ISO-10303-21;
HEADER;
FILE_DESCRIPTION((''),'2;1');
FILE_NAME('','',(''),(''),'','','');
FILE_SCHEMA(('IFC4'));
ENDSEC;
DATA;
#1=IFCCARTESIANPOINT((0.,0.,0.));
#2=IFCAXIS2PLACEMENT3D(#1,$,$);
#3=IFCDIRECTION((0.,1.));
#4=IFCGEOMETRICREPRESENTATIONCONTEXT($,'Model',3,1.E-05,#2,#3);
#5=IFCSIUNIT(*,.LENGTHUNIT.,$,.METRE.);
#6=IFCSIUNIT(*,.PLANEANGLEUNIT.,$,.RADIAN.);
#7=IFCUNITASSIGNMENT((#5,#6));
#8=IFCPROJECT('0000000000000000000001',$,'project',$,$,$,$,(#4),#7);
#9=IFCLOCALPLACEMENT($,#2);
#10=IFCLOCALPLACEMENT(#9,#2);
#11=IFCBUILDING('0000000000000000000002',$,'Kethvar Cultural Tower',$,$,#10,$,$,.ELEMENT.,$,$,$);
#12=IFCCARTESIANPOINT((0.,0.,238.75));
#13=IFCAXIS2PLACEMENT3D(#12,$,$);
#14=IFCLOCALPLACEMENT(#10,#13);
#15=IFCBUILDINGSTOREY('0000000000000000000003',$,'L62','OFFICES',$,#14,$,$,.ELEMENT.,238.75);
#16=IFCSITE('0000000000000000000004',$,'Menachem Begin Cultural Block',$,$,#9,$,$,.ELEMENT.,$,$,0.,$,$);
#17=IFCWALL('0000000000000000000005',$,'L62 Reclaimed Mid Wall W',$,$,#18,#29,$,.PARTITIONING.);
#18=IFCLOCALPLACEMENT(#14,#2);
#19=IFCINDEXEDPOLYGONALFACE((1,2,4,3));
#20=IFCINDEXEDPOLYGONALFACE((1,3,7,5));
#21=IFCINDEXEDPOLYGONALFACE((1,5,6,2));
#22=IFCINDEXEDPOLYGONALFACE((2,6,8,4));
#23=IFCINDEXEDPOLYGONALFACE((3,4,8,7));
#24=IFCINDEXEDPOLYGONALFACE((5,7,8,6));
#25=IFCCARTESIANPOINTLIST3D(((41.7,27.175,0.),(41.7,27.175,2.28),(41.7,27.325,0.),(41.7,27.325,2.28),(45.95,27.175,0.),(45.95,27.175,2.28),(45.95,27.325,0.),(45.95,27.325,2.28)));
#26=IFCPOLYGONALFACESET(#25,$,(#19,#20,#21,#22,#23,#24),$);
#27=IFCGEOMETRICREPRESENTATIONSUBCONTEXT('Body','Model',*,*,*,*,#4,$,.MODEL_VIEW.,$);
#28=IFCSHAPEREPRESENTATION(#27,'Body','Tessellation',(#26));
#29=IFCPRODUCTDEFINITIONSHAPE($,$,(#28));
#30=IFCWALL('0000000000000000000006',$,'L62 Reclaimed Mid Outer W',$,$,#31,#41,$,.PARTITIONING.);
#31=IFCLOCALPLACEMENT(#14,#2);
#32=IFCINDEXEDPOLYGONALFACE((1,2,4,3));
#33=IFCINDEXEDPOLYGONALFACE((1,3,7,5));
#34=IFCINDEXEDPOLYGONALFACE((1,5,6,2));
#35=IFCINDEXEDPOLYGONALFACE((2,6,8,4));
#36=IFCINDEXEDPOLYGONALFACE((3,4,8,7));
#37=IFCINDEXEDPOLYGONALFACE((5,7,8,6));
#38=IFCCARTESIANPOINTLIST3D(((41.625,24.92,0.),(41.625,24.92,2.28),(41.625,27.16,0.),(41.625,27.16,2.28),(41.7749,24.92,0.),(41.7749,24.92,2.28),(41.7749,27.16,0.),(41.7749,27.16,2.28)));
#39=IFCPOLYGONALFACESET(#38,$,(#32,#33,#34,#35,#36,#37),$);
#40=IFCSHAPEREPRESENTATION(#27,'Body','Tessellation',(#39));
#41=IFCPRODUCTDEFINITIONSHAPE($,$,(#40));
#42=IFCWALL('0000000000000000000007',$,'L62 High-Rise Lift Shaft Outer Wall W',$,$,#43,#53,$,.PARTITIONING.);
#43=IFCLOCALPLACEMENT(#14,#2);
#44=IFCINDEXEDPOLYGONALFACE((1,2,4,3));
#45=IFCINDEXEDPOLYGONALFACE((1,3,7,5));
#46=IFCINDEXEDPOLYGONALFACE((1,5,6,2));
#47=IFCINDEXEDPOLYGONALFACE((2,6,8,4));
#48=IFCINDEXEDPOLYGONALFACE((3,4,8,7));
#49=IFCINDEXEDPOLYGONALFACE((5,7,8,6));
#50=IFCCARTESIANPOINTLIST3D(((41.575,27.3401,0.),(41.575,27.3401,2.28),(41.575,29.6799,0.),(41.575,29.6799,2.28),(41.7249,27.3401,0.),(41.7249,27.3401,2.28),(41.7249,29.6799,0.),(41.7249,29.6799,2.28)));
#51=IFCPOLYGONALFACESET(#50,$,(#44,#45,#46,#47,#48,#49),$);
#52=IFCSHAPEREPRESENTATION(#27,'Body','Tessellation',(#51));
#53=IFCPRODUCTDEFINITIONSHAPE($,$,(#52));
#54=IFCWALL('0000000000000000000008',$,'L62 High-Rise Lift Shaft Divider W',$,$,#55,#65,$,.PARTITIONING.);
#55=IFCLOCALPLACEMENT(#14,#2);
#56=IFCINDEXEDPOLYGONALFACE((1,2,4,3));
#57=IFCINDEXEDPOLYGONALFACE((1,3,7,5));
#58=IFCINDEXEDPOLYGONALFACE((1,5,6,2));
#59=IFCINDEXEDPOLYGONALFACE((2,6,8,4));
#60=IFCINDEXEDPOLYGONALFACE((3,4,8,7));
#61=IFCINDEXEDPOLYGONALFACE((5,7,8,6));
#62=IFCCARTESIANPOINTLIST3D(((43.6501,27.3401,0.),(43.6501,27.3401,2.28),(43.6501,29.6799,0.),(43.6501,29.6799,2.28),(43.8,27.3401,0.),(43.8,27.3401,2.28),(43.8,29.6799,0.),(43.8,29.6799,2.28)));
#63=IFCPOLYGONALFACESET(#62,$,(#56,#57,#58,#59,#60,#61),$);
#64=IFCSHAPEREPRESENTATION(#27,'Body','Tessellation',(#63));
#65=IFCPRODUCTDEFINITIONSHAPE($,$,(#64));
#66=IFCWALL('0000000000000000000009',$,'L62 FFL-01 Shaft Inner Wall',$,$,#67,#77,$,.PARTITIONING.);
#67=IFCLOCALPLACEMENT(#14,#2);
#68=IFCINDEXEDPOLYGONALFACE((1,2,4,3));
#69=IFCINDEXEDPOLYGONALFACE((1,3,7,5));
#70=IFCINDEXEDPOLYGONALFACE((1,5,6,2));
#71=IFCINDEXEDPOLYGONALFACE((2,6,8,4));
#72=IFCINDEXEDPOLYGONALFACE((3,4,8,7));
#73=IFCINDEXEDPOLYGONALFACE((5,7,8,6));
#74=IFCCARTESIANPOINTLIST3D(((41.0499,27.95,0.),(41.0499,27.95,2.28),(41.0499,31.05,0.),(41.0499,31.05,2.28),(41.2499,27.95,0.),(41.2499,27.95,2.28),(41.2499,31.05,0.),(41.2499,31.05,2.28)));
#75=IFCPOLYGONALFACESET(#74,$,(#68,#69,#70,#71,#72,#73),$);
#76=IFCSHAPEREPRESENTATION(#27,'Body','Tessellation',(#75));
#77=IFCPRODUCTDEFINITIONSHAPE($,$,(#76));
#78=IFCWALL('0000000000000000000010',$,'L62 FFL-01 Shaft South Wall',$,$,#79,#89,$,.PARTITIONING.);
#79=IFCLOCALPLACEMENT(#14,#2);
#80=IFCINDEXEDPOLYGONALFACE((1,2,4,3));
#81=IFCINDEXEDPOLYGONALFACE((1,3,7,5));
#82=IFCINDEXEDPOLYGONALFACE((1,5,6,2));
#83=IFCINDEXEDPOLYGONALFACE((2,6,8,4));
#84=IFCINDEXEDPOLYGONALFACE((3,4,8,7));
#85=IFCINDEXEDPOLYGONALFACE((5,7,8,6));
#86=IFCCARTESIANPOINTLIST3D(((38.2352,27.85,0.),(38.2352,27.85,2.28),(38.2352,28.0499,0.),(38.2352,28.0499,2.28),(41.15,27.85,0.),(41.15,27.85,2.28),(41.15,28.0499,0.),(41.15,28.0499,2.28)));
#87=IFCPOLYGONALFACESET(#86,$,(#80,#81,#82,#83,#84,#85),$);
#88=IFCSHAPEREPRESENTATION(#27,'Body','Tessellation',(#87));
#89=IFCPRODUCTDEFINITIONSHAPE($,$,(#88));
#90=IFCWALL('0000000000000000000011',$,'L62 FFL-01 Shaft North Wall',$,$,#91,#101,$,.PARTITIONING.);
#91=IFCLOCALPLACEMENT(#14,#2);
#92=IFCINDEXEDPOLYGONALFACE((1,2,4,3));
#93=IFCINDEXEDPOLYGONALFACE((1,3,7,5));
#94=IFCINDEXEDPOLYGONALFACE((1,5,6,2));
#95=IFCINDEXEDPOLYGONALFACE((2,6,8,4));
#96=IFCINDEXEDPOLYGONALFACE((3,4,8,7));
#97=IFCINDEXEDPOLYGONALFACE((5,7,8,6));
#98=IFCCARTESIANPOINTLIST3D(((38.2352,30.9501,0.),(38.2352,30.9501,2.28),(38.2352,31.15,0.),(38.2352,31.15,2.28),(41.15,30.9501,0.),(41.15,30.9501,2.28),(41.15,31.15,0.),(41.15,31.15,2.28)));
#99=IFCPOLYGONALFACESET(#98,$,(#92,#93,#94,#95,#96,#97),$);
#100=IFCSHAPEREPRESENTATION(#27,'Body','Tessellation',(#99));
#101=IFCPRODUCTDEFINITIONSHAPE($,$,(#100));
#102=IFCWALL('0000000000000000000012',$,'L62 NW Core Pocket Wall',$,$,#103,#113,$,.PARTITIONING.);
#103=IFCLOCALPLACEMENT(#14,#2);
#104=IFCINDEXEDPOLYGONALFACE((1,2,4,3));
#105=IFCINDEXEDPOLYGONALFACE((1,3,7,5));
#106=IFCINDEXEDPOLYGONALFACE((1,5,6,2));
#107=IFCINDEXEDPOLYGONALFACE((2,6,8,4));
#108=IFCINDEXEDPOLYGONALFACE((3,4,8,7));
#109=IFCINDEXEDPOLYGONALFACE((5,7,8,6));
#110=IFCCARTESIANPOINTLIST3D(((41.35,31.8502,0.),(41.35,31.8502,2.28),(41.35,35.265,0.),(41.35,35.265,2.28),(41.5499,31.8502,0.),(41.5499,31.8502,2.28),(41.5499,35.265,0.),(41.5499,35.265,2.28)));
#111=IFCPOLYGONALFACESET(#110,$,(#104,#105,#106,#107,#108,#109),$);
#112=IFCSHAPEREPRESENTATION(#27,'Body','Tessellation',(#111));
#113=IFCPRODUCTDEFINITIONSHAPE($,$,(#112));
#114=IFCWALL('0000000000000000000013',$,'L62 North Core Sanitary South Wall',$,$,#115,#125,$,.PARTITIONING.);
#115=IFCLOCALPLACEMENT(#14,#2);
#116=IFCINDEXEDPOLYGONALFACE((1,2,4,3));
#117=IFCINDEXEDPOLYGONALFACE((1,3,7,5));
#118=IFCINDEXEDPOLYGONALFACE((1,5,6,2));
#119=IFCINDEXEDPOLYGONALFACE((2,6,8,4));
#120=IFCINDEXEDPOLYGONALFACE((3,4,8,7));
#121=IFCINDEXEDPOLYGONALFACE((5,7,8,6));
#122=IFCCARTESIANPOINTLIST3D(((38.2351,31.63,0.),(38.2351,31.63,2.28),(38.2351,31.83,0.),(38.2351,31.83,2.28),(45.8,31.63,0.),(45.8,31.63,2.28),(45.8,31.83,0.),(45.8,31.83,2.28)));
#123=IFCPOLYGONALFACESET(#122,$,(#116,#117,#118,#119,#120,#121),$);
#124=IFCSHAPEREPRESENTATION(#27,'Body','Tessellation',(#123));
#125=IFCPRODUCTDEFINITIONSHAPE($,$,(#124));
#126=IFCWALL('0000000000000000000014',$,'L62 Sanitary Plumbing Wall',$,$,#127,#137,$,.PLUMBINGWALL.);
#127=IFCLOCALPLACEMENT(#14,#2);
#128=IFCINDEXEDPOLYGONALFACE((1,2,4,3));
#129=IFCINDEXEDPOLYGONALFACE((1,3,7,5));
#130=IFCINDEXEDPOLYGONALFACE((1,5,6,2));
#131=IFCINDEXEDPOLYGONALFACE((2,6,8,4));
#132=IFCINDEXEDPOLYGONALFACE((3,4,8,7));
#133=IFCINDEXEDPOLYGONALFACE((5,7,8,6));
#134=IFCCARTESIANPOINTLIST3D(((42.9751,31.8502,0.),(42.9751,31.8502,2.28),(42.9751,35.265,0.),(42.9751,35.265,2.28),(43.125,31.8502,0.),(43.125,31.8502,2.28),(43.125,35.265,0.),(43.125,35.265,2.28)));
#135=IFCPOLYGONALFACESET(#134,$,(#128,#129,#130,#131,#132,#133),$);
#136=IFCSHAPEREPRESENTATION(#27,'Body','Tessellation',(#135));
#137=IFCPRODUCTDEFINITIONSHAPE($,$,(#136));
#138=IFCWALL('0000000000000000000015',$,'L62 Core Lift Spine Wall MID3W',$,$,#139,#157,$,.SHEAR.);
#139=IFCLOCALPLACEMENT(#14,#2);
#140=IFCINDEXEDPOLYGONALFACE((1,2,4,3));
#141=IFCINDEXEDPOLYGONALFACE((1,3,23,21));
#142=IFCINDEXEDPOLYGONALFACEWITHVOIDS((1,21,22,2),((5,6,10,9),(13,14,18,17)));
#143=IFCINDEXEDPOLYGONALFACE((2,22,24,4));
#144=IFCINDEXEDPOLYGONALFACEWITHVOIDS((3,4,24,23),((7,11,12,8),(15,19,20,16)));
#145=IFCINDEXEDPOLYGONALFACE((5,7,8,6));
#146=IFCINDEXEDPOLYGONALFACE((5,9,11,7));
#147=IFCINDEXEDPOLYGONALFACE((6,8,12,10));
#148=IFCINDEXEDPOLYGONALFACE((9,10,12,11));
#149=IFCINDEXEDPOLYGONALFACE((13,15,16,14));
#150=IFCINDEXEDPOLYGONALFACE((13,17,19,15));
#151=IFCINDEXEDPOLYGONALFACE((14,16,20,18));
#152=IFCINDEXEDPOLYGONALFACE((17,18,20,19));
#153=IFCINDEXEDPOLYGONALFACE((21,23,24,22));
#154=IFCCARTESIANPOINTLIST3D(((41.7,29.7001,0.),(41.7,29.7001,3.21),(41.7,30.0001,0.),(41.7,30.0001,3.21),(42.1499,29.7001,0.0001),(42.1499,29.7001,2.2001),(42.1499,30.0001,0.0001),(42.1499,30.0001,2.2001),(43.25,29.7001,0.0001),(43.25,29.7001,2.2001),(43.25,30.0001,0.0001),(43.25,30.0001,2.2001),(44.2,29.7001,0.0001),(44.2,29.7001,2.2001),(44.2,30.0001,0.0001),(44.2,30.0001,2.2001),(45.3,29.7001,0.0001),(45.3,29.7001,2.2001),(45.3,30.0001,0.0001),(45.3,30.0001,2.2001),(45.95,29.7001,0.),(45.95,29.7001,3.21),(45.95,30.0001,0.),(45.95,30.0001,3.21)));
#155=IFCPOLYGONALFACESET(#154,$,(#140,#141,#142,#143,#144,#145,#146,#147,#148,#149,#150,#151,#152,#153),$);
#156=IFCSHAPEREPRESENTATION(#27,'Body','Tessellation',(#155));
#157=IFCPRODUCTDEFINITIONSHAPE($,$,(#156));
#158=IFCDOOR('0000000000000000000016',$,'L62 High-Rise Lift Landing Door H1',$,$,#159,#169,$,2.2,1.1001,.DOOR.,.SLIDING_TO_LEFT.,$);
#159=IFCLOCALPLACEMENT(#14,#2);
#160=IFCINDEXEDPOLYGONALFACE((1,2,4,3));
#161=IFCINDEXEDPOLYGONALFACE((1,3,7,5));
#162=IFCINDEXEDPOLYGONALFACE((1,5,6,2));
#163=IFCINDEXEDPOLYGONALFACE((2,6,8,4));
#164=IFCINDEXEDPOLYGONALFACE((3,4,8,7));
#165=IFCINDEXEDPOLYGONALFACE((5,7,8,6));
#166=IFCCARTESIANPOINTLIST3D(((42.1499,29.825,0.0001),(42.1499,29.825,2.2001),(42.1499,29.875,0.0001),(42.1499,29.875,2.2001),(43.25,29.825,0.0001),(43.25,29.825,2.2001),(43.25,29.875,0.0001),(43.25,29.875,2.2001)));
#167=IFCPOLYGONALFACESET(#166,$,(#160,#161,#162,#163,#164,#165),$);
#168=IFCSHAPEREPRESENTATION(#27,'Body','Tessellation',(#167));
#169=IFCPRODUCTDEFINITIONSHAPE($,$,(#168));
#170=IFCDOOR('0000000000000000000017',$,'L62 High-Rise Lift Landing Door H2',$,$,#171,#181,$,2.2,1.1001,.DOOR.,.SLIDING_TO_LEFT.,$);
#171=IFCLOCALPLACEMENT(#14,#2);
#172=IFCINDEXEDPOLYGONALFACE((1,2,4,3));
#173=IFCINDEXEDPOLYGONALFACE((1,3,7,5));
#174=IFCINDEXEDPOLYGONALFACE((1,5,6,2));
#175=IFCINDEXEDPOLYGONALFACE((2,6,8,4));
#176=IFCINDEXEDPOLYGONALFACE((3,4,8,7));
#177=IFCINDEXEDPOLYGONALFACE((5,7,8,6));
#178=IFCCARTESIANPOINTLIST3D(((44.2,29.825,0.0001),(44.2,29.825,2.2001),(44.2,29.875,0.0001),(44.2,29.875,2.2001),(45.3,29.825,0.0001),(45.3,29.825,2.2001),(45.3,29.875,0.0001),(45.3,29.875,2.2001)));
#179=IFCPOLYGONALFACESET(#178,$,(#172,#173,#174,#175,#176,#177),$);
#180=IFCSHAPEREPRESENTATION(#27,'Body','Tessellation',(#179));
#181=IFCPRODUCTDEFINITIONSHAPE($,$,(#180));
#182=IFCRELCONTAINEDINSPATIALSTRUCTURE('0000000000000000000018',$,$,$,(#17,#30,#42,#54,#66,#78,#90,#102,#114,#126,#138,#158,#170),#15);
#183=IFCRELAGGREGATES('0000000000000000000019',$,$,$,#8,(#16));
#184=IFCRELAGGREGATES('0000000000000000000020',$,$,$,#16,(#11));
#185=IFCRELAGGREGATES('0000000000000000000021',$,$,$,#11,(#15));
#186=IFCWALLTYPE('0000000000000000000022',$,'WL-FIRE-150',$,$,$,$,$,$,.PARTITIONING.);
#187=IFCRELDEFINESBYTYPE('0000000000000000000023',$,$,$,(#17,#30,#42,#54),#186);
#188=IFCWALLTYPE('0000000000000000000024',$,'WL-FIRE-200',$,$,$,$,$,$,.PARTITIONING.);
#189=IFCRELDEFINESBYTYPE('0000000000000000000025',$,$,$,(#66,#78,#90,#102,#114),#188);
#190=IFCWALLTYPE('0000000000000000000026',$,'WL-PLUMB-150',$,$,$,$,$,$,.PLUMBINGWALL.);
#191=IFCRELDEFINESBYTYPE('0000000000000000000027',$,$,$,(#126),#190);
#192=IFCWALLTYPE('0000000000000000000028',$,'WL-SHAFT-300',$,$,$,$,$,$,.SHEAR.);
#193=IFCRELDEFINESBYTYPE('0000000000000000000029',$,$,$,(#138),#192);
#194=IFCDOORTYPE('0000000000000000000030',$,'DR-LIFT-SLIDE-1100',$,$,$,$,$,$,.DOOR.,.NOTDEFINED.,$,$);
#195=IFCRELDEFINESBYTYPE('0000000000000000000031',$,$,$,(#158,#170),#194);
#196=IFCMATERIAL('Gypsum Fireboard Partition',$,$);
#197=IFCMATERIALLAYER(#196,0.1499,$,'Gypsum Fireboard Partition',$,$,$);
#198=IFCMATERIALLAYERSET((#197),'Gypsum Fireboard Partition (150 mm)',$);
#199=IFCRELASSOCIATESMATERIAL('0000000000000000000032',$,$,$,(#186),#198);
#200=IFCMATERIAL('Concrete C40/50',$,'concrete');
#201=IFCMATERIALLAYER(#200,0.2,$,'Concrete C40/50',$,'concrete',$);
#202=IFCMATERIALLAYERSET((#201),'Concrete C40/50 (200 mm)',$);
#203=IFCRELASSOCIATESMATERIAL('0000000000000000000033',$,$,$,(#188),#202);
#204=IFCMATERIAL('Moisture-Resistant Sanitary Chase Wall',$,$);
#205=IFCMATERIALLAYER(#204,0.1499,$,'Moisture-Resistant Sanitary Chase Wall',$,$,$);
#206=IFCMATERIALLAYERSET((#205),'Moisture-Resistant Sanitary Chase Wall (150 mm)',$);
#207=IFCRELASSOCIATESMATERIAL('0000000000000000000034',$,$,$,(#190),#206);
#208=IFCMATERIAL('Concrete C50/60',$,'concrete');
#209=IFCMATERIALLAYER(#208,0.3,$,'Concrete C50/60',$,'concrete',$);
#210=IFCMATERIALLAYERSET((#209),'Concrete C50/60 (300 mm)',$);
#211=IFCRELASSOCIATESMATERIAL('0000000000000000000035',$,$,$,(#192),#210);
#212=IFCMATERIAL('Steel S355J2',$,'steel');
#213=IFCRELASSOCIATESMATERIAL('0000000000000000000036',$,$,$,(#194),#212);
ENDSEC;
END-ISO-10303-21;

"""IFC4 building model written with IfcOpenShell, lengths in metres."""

from ifc_helpers import new_model, si_unit, direction, frame, frame_2d, origin, place, context, subcontext, project, spatial, rectangle, extrude, source, transform, mapped, material, layer, layer_set, type_object, element, fill, save


model = new_model("IFC4")

# Units and contexts
model_context = context("Model", 3, precision=1e-05, world=origin(), true_north=direction((0.0, 1.0)))
body_context = subcontext(model_context, "Body", "Model", "MODEL_VIEW")
ifc_project = project(units=[si_unit("LENGTHUNIT", "METRE"), si_unit("PLANEANGLEUNIT", "RADIAN")], contexts=[model_context])

# Site, building, storey
site_placement = place(None, origin())
site = spatial("IfcSite", under=ifc_project, at=site_placement, Name="Menachem Begin Cultural Block", CompositionType="ELEMENT", RefElevation=0.0)
building_placement = place(site_placement, origin())
building = spatial("IfcBuilding", under=site, at=building_placement, Name="Kethvar Cultural Tower", CompositionType="ELEMENT")
storey_placement = place(building_placement, frame((0.0, 0.0, 238.75)))
storey = spatial("IfcBuildingStorey", under=building, at=storey_placement, Name="L62", Description="OFFICES", CompositionType="ELEMENT", Elevation=238.75)

# Shared definitions
ifc_material_1 = material(Name="Steel S355J2", Category="steel")

# Walls
ifc_material_2 = material(Name="Gypsum Fireboard Partition")
ifc_layer_1 = layer(ifc_material_2, 0.1499, Name="Gypsum Fireboard Partition")
ifc_layer_set_1 = layer_set([ifc_layer_1], Name="Gypsum Fireboard Partition (150 mm)")
wall_type_1 = type_object("IfcWallType", Name="WL-FIRE-150", PredefinedType="PARTITIONING", material=ifc_layer_set_1)
wall_1_placement = place(storey_placement, frame((41.7, 27.25, 0.0), z_axis=(0.0, 0.0, 1.0), x_axis=(1.0, 0.0, 0.0)))
element("IfcWall", 1, at=wall_1_placement, inside=storey, type_object=wall_type_1, Name="L62 Reclaimed Mid Wall W", PredefinedType="PARTITIONING", context=body_context, shape_type="SweptSolid", body=[
    extrude(rectangle(XDim=4.25, YDim=0.1499, at=frame_2d((2.125, 0.0))), origin(), (0.0, 0.0, 1.0), 2.28),
])
wall_2_placement = place(storey_placement, frame((41.7, 24.9199, 0.0), z_axis=(0.0, 0.0, 1.0), x_axis=(0.0, 1.0, 0.0)))
element("IfcWall", 2, at=wall_2_placement, inside=storey, type_object=wall_type_1, Name="L62 Reclaimed Mid Outer W", PredefinedType="PARTITIONING", context=body_context, shape_type="SweptSolid", body=[
    extrude(rectangle(XDim=2.24, YDim=0.1499, at=frame_2d((1.1201, 0.0))), origin(), (0.0, 0.0, 1.0), 2.28),
])
for number, where, z_axis, x_axis, name in (
    (3, (41.6499, 27.3401, 0.0), (0.0, 0.0, 1.0), (0.0, 1.0, 0.0), "L62 High-Rise Lift Shaft Outer Wall W"),
    (4, (43.7251, 27.3401, 0.0), (0.0, 0.0, 1.0), (0.0, 1.0, 0.0), "L62 High-Rise Lift Shaft Divider W"),
):
    element("IfcWall", number, at=place(storey_placement, frame(where, z_axis=z_axis, x_axis=x_axis)), inside=storey, type_object=wall_type_1, Name=name, PredefinedType="PARTITIONING", context=body_context, shape_type="SweptSolid", body=[
        extrude(rectangle(XDim=2.3398, YDim=0.1499, at=frame_2d((1.1699, 0.0))), origin(), (0.0, 0.0, 1.0), 2.28),
    ])
ifc_material_3 = material(Name="Concrete C40/50", Category="concrete")
ifc_layer_2 = layer(ifc_material_3, 0.2, Name="Concrete C40/50", Category="concrete")
ifc_layer_set_2 = layer_set([ifc_layer_2], Name="Concrete C40/50 (200 mm)")
wall_type_2 = type_object("IfcWallType", Name="WL-FIRE-200", PredefinedType="PARTITIONING", material=ifc_layer_set_2)
wall_3_placement = place(storey_placement, frame((41.1499, 27.95, 0.0), z_axis=(0.0, 0.0, 1.0), x_axis=(0.0, 1.0, 0.0)))
element("IfcWall", 5, at=wall_3_placement, inside=storey, type_object=wall_type_2, Name="L62 FFL-01 Shaft Inner Wall", PredefinedType="PARTITIONING", context=body_context, shape_type="SweptSolid", body=[
    extrude(rectangle(XDim=3.1001, YDim=0.2, at=frame_2d((1.55, 0.0))), origin(), (0.0, 0.0, 1.0), 2.28),
])
for number, where, z_axis, x_axis, name in (
    (6, (38.2351, 27.95, 0.0), (0.0, 0.0, 1.0), (1.0, 0.0, 0.0), "L62 FFL-01 Shaft South Wall"),
    (7, (38.2351, 31.05, 0.0), (0.0, 0.0, 1.0), (1.0, 0.0, 0.0), "L62 FFL-01 Shaft North Wall"),
):
    element("IfcWall", number, at=place(storey_placement, frame(where, z_axis=z_axis, x_axis=x_axis)), inside=storey, type_object=wall_type_2, Name=name, PredefinedType="PARTITIONING", context=body_context, shape_type="SweptSolid", body=[
        extrude(rectangle(XDim=2.9148, YDim=0.2, at=frame_2d((1.4575, 0.0))), origin(), (0.0, 0.0, 1.0), 2.28),
    ])
wall_4_placement = place(storey_placement, frame((41.45, 31.8501, 0.0), z_axis=(0.0, 0.0, 1.0), x_axis=(0.0, 1.0, 0.0)))
element("IfcWall", 8, at=wall_4_placement, inside=storey, type_object=wall_type_2, Name="L62 NW Core Pocket Wall", PredefinedType="PARTITIONING", context=body_context, shape_type="SweptSolid", body=[
    extrude(rectangle(XDim=3.4148, YDim=0.2, at=frame_2d((1.7075, 0.0))), origin(), (0.0, 0.0, 1.0), 2.28),
])
wall_5_placement = place(storey_placement, frame((38.2351, 31.73, 0.0), z_axis=(0.0, 0.0, 1.0), x_axis=(1.0, 0.0, 0.0)))
element("IfcWall", 9, at=wall_5_placement, inside=storey, type_object=wall_type_2, Name="L62 North Core Sanitary South Wall", PredefinedType="PARTITIONING", context=body_context, shape_type="SweptSolid", body=[
    extrude(rectangle(XDim=7.5649, YDim=0.2, at=frame_2d((3.7825, 0.0))), origin(), (0.0, 0.0, 1.0), 2.28),
])
ifc_material_4 = material(Name="Moisture-Resistant Sanitary Chase Wall")
ifc_layer_3 = layer(ifc_material_4, 0.1499, Name="Moisture-Resistant Sanitary Chase Wall")
ifc_layer_set_3 = layer_set([ifc_layer_3], Name="Moisture-Resistant Sanitary Chase Wall (150 mm)")
wall_type_3 = type_object("IfcWallType", Name="WL-PLUMB-150", PredefinedType="PLUMBINGWALL", material=ifc_layer_set_3)
wall_6_placement = place(storey_placement, frame((43.05, 31.8501, 0.0), z_axis=(0.0, 0.0, 1.0), x_axis=(0.0, 1.0, 0.0)))
element("IfcWall", 10, at=wall_6_placement, inside=storey, type_object=wall_type_3, Name="L62 Sanitary Plumbing Wall", PredefinedType="PLUMBINGWALL", context=body_context, shape_type="SweptSolid", body=[
    extrude(rectangle(XDim=3.4148, YDim=0.1499, at=frame_2d((1.7075, 0.0))), origin(), (0.0, 0.0, 1.0), 2.28),
])

# Shared definitions
ifc_material_5 = material(Name="Concrete C50/60", Category="concrete")
ifc_layer_4 = layer(ifc_material_5, 0.3, Name="Concrete C50/60", Category="concrete")
ifc_layer_set_4 = layer_set([ifc_layer_4], Name="Concrete C50/60 (300 mm)")
wall_type_4 = type_object("IfcWallType", Name="WL-SHAFT-300", PredefinedType="SHEAR", material=ifc_layer_set_4)

# Wall, openings, doors
wall_7_placement = place(storey_placement, frame((41.7, 29.8501, 0.0), z_axis=(0.0, 0.0, 1.0), x_axis=(1.0, 0.0, 0.0)))
wall_7 = element("IfcWall", 11, at=wall_7_placement, inside=storey, type_object=wall_type_4, Name="L62 Core Lift Spine Wall MID3W", PredefinedType="SHEAR", context=body_context, shape_type="SweptSolid", body=[
    extrude(rectangle(XDim=4.25, YDim=0.3, at=frame_2d((2.125, 0.0))), origin(), (0.0, 0.0, 1.0), 3.21),
])
opening_1_placement = place(wall_7_placement, frame((0.45, 0.0, 0.0)))
opening_1 = element("IfcOpeningElement", 12, at=opening_1_placement, cuts=wall_7, PredefinedType="OPENING", context=body_context, shape_type="SweptSolid", body=[
    extrude(rectangle(XDim=1.1001, YDim=2.2, at=frame_2d((0.55, 1.1001))), frame((0.0, 0.1599, 0.0), z_axis=(0.0, -1.0, 0.0), x_axis=(1.0, 0.0, 0.0)), (0.0, 0.0, 1.0), 0.3201),
])
opening_2_placement = place(wall_7_placement, frame((2.5, 0.0, 0.0)))
opening_2 = element("IfcOpeningElement", 13, at=opening_2_placement, cuts=wall_7, PredefinedType="OPENING", context=body_context, shape_type="SweptSolid", body=[
    extrude(rectangle(XDim=1.1001, YDim=2.2, at=frame_2d((0.55, 1.1001))), frame((0.0, 0.1599, 0.0), z_axis=(0.0, -1.0, 0.0), x_axis=(1.0, 0.0, 0.0)), (0.0, 0.0, 1.0), 0.3201),
])
door_type_1 = type_object("IfcDoorType", Name="DR-LIFT-SLIDE-1100", OperationType="NOTDEFINED", PredefinedType="DOOR", material=ifc_material_1)
shared_shape_1 = source(origin(), body_context, "Body", "SweptSolid", [
    extrude(rectangle(XDim=1.1001, YDim=2.2, at=frame_2d((0.55, 1.1001))), frame((0.0, 0.0249, 0.0), z_axis=(0.0, -1.0, 0.0), x_axis=(1.0, 0.0, 0.0)), (0.0, 0.0, 1.0), 0.05),
])
door_1_placement = place(opening_1_placement, origin())
door_1 = element("IfcDoor", 14, at=door_1_placement, inside=storey, type_object=door_type_1, Name="L62 High-Rise Lift Landing Door H1", OperationType="SLIDING_TO_LEFT", OverallHeight=2.2, OverallWidth=1.1001, PredefinedType="DOOR", context=body_context, shape_type="MappedRepresentation", body=[
    mapped(shared_shape_1, transform((0.0, 0.0, 0.0), scale=1.0)),
])
fill(opening_1, door_1)
door_2_placement = place(opening_2_placement, origin())
door_2 = element("IfcDoor", 15, at=door_2_placement, inside=storey, type_object=door_type_1, Name="L62 High-Rise Lift Landing Door H2", OperationType="SLIDING_TO_LEFT", OverallHeight=2.2, OverallWidth=1.1001, PredefinedType="DOOR", context=body_context, shape_type="MappedRepresentation", body=[
    mapped(shared_shape_1, transform((0.0, 0.0, 0.0), scale=1.0)),
])
fill(opening_2, door_2)

save(model, "model.ifc")
